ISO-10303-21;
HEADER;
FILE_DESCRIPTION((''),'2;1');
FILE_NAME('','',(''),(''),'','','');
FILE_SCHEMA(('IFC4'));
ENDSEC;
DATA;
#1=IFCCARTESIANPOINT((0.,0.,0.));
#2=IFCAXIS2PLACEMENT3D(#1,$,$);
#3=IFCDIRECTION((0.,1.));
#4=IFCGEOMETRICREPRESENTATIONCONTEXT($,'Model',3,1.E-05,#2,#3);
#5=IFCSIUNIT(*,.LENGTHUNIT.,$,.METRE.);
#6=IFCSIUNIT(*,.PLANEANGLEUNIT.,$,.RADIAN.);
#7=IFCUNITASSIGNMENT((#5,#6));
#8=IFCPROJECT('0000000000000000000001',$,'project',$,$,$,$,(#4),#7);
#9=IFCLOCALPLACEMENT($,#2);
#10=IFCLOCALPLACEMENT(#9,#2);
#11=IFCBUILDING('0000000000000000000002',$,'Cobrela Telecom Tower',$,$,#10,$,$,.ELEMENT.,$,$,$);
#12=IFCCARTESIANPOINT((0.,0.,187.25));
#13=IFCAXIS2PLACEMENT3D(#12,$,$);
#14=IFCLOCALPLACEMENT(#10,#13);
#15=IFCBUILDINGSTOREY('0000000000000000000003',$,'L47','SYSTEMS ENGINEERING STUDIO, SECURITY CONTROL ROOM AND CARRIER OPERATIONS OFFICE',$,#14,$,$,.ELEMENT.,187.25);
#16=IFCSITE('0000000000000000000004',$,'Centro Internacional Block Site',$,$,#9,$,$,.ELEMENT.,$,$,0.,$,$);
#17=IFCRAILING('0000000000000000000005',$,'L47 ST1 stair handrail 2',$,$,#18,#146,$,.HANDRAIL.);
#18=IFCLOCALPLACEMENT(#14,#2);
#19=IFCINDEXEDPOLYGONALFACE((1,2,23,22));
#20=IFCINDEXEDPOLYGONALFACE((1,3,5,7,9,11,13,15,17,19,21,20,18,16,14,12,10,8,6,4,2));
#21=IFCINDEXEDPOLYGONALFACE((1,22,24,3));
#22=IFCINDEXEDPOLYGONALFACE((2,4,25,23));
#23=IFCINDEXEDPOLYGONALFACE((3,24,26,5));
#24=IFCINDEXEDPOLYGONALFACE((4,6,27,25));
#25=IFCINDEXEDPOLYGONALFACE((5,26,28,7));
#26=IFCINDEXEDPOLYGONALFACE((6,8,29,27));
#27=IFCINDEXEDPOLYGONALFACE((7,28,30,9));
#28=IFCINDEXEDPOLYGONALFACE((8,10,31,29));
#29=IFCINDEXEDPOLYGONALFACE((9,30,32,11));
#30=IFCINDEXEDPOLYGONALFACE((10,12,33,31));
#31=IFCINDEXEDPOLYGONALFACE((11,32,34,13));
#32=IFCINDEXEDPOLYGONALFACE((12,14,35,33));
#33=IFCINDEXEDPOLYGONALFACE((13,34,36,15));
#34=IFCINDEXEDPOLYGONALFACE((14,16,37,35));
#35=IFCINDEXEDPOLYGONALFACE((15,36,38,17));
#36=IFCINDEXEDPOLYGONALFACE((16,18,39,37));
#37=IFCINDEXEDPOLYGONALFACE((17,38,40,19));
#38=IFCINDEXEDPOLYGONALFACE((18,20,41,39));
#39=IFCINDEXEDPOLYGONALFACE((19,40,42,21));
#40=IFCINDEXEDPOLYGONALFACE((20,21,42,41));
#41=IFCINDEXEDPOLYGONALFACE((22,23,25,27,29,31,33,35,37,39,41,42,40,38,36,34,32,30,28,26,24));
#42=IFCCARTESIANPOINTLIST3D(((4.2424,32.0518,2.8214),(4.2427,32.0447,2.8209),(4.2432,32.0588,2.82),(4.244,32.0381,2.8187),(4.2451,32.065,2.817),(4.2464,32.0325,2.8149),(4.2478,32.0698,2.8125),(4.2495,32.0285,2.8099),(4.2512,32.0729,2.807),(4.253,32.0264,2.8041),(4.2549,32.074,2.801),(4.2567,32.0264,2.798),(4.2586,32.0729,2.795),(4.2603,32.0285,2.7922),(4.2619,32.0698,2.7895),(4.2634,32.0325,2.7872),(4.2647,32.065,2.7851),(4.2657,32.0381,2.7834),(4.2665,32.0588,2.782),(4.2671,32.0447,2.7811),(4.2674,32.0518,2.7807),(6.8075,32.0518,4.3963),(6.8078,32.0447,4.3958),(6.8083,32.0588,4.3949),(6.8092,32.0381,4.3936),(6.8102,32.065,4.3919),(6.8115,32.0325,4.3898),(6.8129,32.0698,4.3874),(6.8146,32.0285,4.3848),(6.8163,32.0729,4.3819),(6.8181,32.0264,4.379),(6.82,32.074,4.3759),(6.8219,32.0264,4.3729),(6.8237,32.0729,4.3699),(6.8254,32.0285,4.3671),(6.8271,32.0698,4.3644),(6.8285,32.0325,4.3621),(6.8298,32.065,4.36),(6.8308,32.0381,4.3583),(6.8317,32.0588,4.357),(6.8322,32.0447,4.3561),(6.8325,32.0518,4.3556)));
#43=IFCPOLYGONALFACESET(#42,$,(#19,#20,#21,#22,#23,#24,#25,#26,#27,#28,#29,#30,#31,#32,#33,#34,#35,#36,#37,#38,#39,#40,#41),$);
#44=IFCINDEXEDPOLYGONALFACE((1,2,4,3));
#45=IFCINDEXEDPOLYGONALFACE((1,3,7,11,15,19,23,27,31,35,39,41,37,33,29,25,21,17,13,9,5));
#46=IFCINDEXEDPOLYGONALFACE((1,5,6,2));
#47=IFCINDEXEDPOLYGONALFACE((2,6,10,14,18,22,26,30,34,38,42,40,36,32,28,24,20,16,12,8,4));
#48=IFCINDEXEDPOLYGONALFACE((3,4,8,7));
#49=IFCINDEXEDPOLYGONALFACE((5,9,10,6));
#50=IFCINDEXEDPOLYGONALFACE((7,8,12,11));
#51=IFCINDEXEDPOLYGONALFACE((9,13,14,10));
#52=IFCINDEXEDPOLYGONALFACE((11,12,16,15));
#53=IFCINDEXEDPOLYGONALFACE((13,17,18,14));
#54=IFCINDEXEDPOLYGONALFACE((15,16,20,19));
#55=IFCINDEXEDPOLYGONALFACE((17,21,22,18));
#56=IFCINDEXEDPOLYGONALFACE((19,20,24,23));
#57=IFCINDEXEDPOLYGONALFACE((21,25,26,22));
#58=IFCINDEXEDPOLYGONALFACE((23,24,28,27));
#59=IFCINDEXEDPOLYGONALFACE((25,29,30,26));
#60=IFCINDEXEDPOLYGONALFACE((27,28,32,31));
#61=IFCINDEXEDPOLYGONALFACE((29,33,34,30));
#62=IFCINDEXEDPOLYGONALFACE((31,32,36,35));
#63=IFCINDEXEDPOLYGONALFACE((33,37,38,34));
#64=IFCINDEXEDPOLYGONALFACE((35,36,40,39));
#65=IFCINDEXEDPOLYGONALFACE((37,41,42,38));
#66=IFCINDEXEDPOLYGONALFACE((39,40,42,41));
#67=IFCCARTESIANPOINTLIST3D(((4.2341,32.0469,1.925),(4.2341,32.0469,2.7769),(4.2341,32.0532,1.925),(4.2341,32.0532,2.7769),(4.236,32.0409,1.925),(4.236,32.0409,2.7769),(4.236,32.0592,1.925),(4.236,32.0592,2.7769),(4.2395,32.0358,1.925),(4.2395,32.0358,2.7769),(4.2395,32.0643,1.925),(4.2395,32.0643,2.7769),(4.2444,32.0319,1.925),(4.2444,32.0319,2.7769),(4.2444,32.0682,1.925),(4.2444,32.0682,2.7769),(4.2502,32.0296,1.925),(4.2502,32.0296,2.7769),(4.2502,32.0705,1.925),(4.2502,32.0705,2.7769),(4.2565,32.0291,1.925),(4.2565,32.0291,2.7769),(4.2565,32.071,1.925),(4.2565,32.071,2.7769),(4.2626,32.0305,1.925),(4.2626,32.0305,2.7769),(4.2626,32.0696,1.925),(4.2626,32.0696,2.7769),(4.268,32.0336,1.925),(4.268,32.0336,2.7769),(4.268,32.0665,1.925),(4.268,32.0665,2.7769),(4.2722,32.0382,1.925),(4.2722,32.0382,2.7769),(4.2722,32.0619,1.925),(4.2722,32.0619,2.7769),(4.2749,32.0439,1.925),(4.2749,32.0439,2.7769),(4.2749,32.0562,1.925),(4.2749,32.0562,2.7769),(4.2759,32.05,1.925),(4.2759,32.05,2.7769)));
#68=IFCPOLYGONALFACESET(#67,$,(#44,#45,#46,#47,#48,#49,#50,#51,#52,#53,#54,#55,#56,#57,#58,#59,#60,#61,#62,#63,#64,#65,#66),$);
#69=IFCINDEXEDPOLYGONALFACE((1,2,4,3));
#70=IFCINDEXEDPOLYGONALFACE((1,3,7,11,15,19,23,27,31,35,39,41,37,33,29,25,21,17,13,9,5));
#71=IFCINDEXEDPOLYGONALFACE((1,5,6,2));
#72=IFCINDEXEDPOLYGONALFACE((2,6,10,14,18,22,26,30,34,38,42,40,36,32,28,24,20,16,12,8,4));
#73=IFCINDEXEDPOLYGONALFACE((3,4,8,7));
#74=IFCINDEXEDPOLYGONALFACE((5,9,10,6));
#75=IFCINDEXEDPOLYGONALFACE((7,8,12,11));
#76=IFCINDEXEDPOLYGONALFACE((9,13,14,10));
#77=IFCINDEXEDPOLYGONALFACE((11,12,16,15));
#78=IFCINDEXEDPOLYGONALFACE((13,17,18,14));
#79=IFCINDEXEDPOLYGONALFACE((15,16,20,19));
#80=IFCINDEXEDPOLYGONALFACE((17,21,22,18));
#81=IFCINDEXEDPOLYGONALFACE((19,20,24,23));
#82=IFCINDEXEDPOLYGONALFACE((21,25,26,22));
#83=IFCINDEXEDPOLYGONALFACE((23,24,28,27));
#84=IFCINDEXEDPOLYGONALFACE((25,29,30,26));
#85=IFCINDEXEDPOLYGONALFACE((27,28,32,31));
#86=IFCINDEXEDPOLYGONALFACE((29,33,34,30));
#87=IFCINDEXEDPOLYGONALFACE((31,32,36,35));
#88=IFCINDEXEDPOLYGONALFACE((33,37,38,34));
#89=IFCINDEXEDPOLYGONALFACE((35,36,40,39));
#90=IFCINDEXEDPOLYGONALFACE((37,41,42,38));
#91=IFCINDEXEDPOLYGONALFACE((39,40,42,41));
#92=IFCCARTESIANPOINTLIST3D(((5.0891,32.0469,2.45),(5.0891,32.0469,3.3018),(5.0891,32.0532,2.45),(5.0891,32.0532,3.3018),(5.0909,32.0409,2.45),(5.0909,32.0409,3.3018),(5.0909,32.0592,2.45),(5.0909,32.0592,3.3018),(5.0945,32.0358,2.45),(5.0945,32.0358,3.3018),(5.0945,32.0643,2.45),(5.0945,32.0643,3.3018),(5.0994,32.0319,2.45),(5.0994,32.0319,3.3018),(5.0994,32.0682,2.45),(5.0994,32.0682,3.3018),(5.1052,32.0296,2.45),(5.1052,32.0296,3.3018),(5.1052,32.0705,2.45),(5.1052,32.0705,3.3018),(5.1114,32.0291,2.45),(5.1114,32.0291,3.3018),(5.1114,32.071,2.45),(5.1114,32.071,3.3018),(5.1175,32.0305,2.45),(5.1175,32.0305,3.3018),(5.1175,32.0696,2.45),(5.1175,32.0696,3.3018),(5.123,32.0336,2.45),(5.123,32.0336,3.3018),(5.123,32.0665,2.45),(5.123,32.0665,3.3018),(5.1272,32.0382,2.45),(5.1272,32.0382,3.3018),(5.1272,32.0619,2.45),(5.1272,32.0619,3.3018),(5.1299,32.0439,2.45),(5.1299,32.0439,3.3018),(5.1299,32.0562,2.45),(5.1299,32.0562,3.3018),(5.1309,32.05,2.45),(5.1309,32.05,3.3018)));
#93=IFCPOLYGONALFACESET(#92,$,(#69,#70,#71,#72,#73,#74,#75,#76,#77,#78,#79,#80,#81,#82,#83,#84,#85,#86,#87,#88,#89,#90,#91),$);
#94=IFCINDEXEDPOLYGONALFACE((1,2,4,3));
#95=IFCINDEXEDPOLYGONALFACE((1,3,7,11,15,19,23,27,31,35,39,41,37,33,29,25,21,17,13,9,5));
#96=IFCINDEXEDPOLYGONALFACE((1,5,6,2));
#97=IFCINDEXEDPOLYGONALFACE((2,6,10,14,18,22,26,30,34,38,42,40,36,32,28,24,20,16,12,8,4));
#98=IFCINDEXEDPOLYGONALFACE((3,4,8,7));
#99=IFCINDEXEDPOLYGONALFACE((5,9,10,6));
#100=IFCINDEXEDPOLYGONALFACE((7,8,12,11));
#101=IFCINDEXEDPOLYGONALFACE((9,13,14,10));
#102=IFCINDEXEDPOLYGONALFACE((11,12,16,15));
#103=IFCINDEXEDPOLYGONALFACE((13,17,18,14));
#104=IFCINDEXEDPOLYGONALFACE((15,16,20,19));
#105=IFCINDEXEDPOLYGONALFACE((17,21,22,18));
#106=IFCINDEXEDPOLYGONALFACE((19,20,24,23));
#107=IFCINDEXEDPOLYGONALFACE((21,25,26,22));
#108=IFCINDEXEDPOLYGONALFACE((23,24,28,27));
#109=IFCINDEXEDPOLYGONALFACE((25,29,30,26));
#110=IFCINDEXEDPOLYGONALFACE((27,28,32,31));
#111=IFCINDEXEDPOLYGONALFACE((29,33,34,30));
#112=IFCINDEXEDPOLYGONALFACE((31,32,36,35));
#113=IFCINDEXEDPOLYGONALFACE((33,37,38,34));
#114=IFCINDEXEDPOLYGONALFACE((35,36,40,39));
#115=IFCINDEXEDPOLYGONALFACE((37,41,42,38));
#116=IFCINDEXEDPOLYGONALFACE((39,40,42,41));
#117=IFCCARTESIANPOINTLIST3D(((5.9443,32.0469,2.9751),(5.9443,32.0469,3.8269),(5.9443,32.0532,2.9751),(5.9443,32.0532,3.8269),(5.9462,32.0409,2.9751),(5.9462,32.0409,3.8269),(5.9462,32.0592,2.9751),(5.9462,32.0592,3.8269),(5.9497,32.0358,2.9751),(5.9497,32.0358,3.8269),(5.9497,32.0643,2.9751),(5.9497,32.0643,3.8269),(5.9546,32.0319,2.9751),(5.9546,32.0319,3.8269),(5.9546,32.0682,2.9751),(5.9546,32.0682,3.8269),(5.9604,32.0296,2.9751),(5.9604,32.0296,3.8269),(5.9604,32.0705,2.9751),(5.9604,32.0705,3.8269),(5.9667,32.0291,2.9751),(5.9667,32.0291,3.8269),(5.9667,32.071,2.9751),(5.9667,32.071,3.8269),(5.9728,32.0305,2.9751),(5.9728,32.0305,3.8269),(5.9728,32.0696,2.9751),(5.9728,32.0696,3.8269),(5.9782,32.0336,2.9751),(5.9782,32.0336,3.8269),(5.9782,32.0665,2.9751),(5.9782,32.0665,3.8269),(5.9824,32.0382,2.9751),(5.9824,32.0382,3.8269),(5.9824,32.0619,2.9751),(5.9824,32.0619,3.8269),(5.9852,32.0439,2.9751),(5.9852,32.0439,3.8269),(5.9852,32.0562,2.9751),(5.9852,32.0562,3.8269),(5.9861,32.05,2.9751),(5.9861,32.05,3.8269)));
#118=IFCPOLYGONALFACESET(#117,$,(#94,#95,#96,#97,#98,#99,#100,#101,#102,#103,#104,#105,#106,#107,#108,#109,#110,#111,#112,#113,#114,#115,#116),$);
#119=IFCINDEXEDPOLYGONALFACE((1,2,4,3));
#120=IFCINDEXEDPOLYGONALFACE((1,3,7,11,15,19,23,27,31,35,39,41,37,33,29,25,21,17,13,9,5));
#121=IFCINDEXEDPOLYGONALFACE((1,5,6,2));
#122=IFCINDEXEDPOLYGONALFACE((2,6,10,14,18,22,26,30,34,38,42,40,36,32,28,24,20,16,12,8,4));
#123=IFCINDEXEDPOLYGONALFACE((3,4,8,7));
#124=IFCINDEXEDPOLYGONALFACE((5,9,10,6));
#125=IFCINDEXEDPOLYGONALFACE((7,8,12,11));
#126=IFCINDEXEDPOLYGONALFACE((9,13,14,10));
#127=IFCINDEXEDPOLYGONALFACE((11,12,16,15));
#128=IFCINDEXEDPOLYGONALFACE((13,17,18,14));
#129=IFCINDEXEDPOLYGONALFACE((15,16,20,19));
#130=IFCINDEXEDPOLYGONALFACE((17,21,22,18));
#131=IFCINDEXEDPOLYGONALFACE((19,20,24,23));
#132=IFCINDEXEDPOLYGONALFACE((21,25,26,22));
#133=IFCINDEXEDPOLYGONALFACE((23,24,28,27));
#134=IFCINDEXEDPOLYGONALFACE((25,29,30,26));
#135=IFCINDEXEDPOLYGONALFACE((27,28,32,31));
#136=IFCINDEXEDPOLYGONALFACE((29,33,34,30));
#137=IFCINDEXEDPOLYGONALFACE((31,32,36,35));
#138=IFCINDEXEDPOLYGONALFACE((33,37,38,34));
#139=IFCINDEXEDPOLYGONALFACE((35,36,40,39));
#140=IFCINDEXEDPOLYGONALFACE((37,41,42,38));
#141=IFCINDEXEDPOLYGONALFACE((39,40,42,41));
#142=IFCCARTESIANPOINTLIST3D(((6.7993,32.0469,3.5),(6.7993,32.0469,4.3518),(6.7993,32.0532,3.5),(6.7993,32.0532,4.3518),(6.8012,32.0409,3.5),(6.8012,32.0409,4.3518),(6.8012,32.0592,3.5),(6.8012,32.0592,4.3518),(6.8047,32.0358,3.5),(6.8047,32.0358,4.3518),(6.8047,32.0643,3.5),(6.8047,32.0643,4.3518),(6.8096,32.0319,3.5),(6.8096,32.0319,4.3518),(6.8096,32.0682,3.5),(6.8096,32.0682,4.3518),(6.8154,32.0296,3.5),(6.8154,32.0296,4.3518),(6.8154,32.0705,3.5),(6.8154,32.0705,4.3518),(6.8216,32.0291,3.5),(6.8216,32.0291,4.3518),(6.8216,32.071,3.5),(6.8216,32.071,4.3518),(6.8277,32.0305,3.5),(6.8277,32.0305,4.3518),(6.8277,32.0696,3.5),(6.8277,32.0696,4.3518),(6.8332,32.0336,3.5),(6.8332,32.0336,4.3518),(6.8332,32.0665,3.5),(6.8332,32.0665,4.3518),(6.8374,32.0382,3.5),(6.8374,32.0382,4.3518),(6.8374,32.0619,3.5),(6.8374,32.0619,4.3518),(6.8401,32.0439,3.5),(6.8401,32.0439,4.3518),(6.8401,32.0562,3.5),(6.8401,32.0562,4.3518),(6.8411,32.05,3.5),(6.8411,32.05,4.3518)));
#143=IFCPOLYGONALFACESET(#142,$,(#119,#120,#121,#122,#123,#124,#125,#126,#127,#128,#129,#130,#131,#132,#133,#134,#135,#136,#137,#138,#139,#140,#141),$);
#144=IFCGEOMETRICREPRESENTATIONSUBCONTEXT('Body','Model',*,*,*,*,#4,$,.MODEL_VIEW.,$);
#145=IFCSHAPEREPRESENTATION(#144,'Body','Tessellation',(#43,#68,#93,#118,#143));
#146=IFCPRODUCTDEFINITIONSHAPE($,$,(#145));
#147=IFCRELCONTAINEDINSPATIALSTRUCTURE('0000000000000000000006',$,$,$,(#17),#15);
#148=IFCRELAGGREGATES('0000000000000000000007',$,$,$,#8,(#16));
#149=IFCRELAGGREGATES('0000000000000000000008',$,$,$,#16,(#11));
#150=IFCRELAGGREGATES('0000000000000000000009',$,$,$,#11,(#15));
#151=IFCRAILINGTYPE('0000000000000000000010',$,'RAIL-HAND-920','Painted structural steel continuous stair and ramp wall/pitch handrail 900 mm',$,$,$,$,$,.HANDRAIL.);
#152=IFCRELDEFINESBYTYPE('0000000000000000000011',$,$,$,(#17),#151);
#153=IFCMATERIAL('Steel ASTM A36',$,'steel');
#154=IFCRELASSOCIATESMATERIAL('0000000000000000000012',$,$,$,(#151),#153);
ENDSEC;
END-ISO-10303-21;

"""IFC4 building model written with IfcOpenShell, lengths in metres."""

from ifc_helpers import new_model, si_unit, direction, frame, origin, origin_2d, place, context, subcontext, project, spatial, circle, extrude, material, type_object, element, save


model = new_model("IFC4")

# Units and contexts
model_context = context("Model", 3, precision=1e-05, world=origin(), true_north=direction((0.0, 1.0)))
body_context = subcontext(model_context, "Body", "Model", "MODEL_VIEW")
ifc_project = project(units=[si_unit("LENGTHUNIT", "METRE"), si_unit("PLANEANGLEUNIT", "RADIAN")], contexts=[model_context])

# Site, building, storey
site_placement = place(None, origin())
site = spatial("IfcSite", under=ifc_project, at=site_placement, Name="Centro Internacional Block Site", CompositionType="ELEMENT", RefElevation=0.0)
building_placement = place(site_placement, origin())
building = spatial("IfcBuilding", under=site, at=building_placement, Name="Cobrela Telecom Tower", CompositionType="ELEMENT")
storey_placement = place(building_placement, frame((0.0, 0.0, 187.25)))
storey = spatial("IfcBuildingStorey", under=building, at=storey_placement, Name="L47", Description="SYSTEMS ENGINEERING STUDIO, SECURITY CONTROL ROOM AND CARRIER OPERATIONS OFFICE", CompositionType="ELEMENT", Elevation=187.25)

# Shared definitions
ifc_material_1 = material(Name="Steel ASTM A36", Category="steel")

# Railing
railing_type_1 = type_object("IfcRailingType", Name="RAIL-HAND-920", Description="Painted structural steel continuous stair and ramp wall/pitch handrail 900 mm", PredefinedType="HANDRAIL", material=ifc_material_1)
railing_1_placement = place(storey_placement, frame((4.2549, 32.05, 1.925)))
element("IfcRailing", 1, at=railing_1_placement, inside=storey, type_object=railing_type_1, Name="L47 ST1 stair handrail 2", PredefinedType="HANDRAIL", context=body_context, shape_type="SweptSolid", body=[
    extrude(circle(Radius=0.0239, at=origin_2d()), frame((0.0, 0.0, 0.876), z_axis=(0.852195, 0.0, 0.523224), x_axis=(0.0, 1.0, 0.0)), (0.0, 0.0, 1.0), 3.01),
    extrude(circle(Radius=0.021, at=origin_2d()), origin(), (0.0, 0.0, 1.0), 0.8518),
    extrude(circle(Radius=0.021, at=origin_2d()), frame((0.855, 0.0, 0.5249)), (0.0, 0.0, 1.0), 0.8518),
    extrude(circle(Radius=0.021, at=origin_2d()), frame((1.7102, 0.0, 1.05)), (0.0, 0.0, 1.0), 0.8518),
    extrude(circle(Radius=0.021, at=origin_2d()), frame((2.5652, 0.0, 1.575)), (0.0, 0.0, 1.0), 0.8518),
])

save(model, "model.ifc")
